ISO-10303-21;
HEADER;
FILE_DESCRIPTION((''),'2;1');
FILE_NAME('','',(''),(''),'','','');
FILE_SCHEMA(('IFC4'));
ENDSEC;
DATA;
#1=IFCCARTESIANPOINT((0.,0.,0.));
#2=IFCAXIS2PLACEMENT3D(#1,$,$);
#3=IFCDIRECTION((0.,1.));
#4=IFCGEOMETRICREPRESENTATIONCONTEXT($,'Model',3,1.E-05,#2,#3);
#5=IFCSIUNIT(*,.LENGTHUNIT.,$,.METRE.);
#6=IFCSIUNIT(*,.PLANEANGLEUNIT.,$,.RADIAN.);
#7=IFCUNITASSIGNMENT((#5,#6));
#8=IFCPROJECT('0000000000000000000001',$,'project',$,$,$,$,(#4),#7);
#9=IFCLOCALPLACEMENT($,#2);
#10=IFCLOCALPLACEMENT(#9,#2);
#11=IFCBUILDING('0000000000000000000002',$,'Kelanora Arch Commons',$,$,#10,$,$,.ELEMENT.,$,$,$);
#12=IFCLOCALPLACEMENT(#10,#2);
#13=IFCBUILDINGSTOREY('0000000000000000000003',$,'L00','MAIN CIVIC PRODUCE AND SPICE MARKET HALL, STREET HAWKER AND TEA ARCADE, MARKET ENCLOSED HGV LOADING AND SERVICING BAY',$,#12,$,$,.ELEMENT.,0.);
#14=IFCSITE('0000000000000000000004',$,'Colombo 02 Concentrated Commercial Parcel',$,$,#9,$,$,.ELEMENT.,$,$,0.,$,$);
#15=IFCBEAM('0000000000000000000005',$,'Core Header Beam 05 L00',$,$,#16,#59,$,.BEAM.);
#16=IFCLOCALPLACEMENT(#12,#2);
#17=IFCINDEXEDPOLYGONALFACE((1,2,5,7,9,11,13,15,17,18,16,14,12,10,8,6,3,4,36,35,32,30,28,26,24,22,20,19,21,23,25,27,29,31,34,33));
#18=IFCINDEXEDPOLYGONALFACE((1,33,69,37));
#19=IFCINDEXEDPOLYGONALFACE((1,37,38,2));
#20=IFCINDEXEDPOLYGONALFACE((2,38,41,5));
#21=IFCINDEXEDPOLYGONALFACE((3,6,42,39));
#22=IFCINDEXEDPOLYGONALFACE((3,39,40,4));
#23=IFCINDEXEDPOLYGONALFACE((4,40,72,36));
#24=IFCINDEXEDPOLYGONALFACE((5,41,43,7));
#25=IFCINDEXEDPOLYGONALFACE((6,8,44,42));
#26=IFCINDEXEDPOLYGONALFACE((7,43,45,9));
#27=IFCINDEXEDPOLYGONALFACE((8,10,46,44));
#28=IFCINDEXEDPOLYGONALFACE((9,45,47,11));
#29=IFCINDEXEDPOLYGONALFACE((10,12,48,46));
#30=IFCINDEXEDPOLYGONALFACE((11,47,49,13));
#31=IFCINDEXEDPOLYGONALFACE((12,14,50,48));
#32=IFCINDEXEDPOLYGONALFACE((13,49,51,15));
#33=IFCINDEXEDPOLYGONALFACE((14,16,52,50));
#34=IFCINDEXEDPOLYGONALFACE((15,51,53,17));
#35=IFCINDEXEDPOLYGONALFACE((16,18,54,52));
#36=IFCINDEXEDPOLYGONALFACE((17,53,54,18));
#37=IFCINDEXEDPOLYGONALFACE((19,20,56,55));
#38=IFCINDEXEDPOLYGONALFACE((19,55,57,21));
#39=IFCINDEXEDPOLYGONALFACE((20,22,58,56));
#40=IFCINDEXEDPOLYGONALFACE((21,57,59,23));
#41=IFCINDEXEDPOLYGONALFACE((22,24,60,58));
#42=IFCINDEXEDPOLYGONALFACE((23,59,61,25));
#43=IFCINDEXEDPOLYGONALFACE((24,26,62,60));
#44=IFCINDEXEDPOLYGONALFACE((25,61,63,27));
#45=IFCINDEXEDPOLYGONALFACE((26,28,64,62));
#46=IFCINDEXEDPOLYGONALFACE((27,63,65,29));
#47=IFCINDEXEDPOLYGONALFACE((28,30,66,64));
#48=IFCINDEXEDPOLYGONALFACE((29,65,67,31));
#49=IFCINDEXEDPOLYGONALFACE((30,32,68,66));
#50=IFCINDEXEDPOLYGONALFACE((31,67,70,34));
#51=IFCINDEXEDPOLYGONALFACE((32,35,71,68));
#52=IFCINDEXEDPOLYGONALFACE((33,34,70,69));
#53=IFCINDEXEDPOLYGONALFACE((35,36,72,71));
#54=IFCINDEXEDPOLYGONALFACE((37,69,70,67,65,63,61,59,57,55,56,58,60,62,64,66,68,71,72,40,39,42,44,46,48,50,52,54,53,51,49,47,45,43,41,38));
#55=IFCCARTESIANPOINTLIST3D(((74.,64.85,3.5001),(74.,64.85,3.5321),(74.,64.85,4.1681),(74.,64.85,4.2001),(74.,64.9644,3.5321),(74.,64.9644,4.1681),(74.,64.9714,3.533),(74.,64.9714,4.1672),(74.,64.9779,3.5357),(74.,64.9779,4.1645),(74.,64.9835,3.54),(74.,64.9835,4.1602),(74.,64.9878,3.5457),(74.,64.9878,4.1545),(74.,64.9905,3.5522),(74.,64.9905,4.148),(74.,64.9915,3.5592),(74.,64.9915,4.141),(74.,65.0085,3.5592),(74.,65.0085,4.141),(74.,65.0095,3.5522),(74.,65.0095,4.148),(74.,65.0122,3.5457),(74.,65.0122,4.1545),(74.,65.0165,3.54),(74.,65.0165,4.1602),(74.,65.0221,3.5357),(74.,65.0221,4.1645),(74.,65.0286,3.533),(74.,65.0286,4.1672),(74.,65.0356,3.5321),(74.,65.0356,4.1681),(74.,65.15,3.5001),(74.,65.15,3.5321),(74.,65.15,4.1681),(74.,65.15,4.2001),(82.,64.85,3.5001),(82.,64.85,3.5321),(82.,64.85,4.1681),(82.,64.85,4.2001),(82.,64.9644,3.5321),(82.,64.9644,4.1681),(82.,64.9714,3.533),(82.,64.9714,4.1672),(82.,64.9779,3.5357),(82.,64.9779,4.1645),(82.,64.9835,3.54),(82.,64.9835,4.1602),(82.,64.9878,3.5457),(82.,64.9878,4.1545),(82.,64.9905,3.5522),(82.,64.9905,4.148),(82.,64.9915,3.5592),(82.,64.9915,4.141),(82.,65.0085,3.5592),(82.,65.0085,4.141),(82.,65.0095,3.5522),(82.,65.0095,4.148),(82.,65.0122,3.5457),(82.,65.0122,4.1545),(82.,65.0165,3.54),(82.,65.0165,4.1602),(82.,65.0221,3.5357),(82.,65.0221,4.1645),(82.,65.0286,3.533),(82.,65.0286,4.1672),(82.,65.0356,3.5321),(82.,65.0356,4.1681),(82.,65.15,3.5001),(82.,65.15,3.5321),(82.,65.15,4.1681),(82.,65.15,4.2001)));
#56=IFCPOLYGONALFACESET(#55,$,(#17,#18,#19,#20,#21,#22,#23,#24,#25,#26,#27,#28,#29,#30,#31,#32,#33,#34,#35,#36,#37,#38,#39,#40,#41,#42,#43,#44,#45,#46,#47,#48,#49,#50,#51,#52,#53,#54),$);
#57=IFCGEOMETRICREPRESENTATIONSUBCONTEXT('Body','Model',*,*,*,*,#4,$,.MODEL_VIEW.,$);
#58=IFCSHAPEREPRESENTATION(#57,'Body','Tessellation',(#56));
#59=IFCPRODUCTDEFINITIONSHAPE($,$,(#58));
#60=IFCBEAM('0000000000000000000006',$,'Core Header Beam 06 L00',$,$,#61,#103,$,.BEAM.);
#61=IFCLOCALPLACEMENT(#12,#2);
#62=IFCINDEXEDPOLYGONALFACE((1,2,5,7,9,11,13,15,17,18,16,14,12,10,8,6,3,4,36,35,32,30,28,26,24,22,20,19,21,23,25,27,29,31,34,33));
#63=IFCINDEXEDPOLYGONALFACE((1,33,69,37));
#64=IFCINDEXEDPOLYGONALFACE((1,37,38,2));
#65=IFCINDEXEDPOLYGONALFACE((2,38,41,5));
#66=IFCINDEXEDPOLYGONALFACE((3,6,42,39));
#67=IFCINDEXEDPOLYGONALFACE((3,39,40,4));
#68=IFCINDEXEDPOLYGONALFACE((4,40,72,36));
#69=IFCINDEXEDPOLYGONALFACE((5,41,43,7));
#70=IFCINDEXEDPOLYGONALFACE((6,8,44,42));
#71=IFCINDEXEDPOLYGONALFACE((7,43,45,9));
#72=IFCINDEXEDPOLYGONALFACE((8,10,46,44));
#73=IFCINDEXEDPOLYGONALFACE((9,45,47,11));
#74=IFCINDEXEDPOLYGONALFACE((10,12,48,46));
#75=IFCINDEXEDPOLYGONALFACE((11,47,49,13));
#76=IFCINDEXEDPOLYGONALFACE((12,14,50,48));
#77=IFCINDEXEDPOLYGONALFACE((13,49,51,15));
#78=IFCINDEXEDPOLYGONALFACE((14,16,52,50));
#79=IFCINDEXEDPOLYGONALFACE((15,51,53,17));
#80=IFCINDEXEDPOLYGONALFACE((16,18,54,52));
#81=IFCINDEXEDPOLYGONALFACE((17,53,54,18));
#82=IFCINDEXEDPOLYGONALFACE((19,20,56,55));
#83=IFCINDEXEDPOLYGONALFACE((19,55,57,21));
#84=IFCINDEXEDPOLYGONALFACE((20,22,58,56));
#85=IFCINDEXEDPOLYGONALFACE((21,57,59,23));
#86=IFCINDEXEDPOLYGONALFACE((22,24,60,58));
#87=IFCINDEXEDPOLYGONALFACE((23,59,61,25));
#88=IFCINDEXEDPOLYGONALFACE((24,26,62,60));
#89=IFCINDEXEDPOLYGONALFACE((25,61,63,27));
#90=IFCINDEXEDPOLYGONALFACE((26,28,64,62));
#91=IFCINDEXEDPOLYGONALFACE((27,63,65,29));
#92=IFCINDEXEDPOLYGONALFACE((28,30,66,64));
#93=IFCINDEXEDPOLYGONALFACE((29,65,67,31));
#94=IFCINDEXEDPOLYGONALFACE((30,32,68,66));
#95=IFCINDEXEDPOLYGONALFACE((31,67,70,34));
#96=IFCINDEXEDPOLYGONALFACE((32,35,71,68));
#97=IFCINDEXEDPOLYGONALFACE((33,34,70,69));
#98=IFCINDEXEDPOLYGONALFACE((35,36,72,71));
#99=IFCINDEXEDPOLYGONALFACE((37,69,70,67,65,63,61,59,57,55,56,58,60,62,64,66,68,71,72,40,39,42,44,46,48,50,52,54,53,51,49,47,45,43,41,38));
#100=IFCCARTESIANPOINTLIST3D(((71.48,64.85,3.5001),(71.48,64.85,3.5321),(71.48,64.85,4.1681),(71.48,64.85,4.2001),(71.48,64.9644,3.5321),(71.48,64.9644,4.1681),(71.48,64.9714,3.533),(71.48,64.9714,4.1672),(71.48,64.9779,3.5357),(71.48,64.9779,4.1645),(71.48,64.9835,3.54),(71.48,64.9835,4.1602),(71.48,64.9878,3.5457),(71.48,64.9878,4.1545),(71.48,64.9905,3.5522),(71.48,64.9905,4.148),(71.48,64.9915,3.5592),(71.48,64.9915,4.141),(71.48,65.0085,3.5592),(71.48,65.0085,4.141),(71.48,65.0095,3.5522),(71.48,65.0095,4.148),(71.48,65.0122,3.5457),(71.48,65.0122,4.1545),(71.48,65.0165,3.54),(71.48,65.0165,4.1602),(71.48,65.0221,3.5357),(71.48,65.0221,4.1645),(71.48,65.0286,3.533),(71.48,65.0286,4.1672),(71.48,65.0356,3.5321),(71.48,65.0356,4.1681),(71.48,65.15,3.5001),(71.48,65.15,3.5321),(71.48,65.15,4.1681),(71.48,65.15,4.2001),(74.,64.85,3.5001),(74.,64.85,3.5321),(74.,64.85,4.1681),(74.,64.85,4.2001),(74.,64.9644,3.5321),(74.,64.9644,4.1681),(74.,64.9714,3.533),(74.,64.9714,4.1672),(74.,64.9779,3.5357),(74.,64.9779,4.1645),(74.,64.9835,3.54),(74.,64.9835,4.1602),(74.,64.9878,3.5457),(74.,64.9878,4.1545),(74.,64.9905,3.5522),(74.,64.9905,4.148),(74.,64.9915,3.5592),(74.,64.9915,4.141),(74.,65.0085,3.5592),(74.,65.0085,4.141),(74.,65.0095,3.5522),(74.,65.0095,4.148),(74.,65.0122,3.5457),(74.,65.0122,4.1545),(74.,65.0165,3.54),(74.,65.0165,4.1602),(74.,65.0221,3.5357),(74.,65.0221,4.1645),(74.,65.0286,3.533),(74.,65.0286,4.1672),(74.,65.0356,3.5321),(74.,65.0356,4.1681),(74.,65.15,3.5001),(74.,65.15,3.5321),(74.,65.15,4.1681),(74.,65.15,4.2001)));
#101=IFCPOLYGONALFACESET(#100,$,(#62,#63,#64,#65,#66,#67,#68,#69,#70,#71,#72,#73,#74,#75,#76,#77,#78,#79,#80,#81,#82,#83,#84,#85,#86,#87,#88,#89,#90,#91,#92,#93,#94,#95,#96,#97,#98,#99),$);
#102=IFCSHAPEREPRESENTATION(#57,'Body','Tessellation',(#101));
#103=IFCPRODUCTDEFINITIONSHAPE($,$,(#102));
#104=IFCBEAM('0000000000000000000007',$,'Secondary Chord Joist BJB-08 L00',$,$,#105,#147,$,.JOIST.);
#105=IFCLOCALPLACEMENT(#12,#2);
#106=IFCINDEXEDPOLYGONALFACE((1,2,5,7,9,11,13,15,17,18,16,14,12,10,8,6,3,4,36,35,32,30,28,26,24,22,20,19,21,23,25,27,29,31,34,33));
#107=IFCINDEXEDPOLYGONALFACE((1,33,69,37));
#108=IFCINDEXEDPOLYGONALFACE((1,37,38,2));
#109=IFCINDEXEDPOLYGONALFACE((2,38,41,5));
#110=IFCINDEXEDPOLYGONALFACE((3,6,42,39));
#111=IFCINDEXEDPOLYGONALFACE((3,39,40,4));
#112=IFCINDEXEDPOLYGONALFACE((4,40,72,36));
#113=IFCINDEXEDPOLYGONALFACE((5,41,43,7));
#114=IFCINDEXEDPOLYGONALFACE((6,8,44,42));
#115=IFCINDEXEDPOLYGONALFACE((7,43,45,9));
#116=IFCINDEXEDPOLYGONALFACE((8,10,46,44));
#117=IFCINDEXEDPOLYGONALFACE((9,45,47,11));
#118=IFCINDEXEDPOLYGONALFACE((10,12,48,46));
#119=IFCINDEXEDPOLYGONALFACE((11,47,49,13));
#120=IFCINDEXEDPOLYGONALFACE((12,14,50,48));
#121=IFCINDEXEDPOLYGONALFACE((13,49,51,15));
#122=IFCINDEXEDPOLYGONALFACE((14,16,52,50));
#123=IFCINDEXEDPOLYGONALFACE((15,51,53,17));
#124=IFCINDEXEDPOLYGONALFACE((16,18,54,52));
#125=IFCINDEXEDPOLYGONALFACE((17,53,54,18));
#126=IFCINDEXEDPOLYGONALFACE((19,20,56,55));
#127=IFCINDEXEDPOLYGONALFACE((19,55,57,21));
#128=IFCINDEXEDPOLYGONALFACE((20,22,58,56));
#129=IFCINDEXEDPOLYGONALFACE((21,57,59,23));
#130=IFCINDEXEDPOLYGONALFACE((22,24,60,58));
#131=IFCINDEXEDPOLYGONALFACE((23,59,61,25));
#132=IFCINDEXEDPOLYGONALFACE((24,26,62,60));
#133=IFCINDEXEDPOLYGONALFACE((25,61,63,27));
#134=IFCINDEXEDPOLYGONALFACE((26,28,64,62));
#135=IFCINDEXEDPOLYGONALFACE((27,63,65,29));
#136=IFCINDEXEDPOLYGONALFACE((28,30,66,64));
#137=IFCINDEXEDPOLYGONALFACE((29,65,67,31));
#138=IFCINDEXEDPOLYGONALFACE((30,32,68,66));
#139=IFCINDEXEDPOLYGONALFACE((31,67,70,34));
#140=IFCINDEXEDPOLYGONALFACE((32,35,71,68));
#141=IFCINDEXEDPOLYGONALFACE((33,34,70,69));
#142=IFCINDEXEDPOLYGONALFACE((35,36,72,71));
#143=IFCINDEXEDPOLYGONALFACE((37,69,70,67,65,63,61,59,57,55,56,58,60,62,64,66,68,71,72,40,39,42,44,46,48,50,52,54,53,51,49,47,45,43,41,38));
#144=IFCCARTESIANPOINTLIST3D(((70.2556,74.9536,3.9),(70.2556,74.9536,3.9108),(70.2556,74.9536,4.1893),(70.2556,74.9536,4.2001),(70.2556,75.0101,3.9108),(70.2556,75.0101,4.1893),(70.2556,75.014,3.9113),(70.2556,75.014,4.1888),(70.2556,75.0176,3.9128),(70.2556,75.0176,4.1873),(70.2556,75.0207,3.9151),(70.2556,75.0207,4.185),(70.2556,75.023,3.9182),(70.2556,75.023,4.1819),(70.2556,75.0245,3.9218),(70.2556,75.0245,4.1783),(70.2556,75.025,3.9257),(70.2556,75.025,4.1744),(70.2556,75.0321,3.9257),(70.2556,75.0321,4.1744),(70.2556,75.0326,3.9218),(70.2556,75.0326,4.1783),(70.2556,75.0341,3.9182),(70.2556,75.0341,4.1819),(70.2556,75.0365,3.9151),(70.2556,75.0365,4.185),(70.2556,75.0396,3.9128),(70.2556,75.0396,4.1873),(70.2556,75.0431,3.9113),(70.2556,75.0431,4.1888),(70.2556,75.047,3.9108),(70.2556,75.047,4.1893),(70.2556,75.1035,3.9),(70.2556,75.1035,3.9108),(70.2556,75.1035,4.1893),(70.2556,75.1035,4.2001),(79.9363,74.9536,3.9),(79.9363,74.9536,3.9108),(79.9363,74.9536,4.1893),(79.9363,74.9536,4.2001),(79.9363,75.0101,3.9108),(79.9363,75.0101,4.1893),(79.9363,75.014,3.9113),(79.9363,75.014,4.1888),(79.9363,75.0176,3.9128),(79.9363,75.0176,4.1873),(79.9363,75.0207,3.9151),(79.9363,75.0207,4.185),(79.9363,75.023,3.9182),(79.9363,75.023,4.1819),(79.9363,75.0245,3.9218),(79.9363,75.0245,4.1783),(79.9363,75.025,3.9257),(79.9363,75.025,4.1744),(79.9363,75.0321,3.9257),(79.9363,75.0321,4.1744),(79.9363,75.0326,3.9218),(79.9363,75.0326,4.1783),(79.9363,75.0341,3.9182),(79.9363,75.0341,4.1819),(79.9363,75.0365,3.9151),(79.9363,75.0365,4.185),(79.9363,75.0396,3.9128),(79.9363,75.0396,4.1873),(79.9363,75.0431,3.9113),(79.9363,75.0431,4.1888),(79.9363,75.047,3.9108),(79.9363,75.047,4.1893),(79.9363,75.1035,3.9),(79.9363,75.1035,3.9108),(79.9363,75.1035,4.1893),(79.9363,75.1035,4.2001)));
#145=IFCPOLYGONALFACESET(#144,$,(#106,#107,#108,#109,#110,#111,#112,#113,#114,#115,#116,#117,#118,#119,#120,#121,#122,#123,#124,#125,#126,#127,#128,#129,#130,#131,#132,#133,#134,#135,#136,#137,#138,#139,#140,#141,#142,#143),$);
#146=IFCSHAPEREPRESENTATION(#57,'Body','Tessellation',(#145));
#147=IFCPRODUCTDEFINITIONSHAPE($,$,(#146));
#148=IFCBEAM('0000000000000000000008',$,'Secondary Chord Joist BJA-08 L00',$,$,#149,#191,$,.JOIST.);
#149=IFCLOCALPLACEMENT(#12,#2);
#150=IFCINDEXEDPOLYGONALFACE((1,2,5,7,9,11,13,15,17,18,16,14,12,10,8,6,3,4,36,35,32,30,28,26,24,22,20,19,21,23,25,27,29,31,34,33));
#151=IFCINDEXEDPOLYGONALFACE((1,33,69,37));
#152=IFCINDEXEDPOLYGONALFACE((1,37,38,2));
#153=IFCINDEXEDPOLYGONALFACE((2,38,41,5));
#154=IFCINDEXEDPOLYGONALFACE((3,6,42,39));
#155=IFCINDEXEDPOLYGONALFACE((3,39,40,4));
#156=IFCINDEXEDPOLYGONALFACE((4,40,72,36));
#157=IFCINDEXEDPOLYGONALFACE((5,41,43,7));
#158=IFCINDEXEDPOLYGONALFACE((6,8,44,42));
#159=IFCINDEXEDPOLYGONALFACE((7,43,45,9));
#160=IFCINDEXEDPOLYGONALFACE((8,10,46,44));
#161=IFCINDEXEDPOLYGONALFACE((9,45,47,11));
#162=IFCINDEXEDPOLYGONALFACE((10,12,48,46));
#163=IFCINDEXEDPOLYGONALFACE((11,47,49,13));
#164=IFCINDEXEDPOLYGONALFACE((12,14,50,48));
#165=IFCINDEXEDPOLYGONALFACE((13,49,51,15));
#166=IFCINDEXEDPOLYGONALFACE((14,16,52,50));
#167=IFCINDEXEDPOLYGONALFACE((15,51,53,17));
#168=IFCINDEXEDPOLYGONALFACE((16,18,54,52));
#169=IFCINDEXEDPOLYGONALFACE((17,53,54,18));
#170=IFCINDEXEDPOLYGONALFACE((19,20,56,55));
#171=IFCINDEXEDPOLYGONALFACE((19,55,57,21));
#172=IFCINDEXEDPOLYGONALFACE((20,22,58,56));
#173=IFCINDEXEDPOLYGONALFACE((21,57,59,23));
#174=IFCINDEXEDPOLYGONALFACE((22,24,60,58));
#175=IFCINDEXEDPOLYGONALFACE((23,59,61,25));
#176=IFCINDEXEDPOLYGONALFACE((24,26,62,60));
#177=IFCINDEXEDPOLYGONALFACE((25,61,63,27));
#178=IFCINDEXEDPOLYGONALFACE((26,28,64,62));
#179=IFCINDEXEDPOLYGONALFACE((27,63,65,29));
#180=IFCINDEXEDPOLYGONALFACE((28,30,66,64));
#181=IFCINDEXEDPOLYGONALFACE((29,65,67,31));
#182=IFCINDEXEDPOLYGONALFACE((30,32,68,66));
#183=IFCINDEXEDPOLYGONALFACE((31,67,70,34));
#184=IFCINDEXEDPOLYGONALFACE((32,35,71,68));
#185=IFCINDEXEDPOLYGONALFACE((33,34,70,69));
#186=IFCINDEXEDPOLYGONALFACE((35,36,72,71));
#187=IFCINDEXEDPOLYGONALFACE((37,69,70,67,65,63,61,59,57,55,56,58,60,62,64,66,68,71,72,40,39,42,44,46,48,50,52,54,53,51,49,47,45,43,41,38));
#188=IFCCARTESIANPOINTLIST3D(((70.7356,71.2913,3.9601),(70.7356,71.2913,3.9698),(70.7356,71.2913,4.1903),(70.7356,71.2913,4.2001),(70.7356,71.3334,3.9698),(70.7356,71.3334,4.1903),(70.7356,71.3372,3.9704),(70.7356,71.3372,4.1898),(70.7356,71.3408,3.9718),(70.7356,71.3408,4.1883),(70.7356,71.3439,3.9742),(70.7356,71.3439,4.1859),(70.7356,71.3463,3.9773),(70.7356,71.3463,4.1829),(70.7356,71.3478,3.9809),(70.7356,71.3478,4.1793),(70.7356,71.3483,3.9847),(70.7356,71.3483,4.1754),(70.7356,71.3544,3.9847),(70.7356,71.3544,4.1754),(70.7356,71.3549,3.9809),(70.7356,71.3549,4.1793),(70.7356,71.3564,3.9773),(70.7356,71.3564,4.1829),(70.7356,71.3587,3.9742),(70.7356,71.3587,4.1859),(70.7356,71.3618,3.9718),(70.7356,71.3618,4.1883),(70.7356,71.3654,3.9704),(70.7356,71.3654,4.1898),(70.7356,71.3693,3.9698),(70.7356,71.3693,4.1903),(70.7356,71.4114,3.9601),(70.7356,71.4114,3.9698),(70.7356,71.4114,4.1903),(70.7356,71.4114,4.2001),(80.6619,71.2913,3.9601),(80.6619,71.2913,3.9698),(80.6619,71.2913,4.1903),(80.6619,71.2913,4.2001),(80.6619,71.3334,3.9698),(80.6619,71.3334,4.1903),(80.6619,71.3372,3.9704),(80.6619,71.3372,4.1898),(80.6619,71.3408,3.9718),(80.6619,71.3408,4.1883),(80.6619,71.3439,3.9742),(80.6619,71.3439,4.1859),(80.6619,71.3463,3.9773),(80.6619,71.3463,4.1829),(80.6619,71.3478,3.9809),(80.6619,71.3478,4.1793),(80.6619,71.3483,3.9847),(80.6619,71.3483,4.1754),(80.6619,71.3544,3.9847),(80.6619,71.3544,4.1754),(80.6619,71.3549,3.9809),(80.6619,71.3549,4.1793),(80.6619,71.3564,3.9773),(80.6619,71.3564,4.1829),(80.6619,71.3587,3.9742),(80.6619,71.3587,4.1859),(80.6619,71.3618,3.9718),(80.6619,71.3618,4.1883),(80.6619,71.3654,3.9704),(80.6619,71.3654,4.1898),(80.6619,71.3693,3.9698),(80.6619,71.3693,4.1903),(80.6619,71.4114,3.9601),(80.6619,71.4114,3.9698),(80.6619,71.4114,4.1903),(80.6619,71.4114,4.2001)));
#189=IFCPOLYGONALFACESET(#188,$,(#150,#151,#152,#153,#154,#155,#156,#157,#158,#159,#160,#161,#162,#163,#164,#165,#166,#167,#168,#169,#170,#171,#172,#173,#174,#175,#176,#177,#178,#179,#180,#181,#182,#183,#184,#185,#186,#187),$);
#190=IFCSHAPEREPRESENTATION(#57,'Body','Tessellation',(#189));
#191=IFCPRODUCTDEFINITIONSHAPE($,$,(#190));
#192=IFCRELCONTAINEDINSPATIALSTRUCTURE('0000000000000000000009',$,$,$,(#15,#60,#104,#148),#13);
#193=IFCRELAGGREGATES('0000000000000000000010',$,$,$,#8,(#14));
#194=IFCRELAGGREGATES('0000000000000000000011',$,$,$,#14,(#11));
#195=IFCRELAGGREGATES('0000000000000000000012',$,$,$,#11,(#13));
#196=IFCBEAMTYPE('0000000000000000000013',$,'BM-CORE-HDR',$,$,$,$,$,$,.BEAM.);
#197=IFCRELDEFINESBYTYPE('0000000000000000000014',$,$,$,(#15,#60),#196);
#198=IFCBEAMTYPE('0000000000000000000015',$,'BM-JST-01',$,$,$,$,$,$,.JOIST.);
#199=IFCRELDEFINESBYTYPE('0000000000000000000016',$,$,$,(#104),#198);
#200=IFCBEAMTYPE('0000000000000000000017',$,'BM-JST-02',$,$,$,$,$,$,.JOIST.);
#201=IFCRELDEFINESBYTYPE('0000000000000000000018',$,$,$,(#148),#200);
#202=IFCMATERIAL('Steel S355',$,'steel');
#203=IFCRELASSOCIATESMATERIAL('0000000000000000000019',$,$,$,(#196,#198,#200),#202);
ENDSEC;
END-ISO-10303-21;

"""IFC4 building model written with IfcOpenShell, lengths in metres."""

from ifc_helpers import new_model, si_unit, direction, frame, origin, origin_2d, place, context, subcontext, project, spatial, i_section, extrude, material, material_profile, profile_set, type_object, element, save


model = new_model("IFC4")

# Units and contexts
model_context = context("Model", 3, precision=1e-05, world=origin(), true_north=direction((0.0, 1.0)))
body_context = subcontext(model_context, "Body", "Model", "MODEL_VIEW")
ifc_project = project(units=[si_unit("LENGTHUNIT", "METRE"), si_unit("PLANEANGLEUNIT", "RADIAN")], contexts=[model_context])

# Site, building, storey
site_placement = place(None, origin())
site = spatial("IfcSite", under=ifc_project, at=site_placement, Name="Colombo 02 Concentrated Commercial Parcel", CompositionType="ELEMENT", RefElevation=0.0)
building_placement = place(site_placement, origin())
building = spatial("IfcBuilding", under=site, at=building_placement, Name="Kelanora Arch Commons", CompositionType="ELEMENT")
storey_placement = place(building_placement, origin())
storey = spatial("IfcBuildingStorey", under=building, at=storey_placement, Name="L00", Description="MAIN CIVIC PRODUCE AND SPICE MARKET HALL, STREET HAWKER AND TEA ARCADE, MARKET ENCLOSED HGV LOADING AND SERVICING BAY", CompositionType="ELEMENT", Elevation=0.0)

# Shared definitions
ifc_material_1 = material(Name="Steel S355", Category="steel")

# Beams
ifc_material_profile_1 = material_profile(ifc_material_1, i_section(OverallWidth=0.3, OverallDepth=0.7, WebThickness=0.0171, FlangeThickness=0.032, FilletRadius=0.0271, at=origin_2d()), Name="HEB700")
ifc_profile_set_1 = profile_set([ifc_material_profile_1], Name="Steel S355")
beam_type_1 = type_object("IfcBeamType", Name="BM-CORE-HDR", PredefinedType="BEAM", material=ifc_profile_set_1)
beam_1_placement = place(storey_placement, frame((82.0, 65.0, 3.8501), z_axis=(-1.0, 0.0, 0.0), x_axis=(0.0, -1.0, 0.0)))
element("IfcBeam", 1, at=beam_1_placement, inside=storey, type_object=beam_type_1, Name="Core Header Beam 05 L00", PredefinedType="BEAM", context=body_context, shape_type="SweptSolid", body=[
    extrude(i_section(OverallWidth=0.3, OverallDepth=0.7, WebThickness=0.0171, FlangeThickness=0.032, FilletRadius=0.0271, at=origin_2d()), origin(), (0.0, 0.0, 1.0), 8.0),
])
beam_2_placement = place(storey_placement, frame((74.0, 65.0, 3.8501), z_axis=(-1.0, 0.0, 0.0), x_axis=(0.0, -1.0, 0.0)))
element("IfcBeam", 2, at=beam_2_placement, inside=storey, type_object=beam_type_1, Name="Core Header Beam 06 L00", PredefinedType="BEAM", context=body_context, shape_type="SweptSolid", body=[
    extrude(i_section(OverallWidth=0.3, OverallDepth=0.7, WebThickness=0.0171, FlangeThickness=0.032, FilletRadius=0.0271, at=origin_2d()), origin(), (0.0, 0.0, 1.0), 2.52),
])
ifc_material_profile_2 = material_profile(ifc_material_1, i_section(OverallWidth=0.1499, OverallDepth=0.3, WebThickness=0.0071, FlangeThickness=0.0107, FilletRadius=0.0149, at=origin_2d()), Name="IPE300")
ifc_profile_set_2 = profile_set([ifc_material_profile_2], Name="Steel S355")
beam_type_2 = type_object("IfcBeamType", Name="BM-JST-01", PredefinedType="JOIST", material=ifc_profile_set_2)
beam_3_placement = place(storey_placement, frame((79.9363, 75.0286, 4.05), z_axis=(-1.0, 0.0, 0.0), x_axis=(0.0, -1.0, 0.0)))
element("IfcBeam", 3, at=beam_3_placement, inside=storey, type_object=beam_type_2, Name="Secondary Chord Joist BJB-08 L00", PredefinedType="JOIST", context=body_context, shape_type="SweptSolid", body=[
    extrude(i_section(OverallWidth=0.1499, OverallDepth=0.3, WebThickness=0.0071, FlangeThickness=0.0107, FilletRadius=0.0149, at=origin_2d()), origin(), (0.0, 0.0, 1.0), 9.6807),
])
ifc_material_profile_3 = material_profile(ifc_material_1, i_section(OverallWidth=0.1201, OverallDepth=0.24, WebThickness=0.0061, FlangeThickness=0.0098, FilletRadius=0.0149, at=origin_2d()), Name="IPE240")
ifc_profile_set_3 = profile_set([ifc_material_profile_3], Name="Steel S355")
beam_type_3 = type_object("IfcBeamType", Name="BM-JST-02", PredefinedType="JOIST", material=ifc_profile_set_3)
beam_4_placement = place(storey_placement, frame((80.6619, 71.3513, 4.0801), z_axis=(-1.0, 0.0, 0.0), x_axis=(0.0, -1.0, 0.0)))
element("IfcBeam", 4, at=beam_4_placement, inside=storey, type_object=beam_type_3, Name="Secondary Chord Joist BJA-08 L00", PredefinedType="JOIST", context=body_context, shape_type="SweptSolid", body=[
    extrude(i_section(OverallWidth=0.1201, OverallDepth=0.24, WebThickness=0.0061, FlangeThickness=0.0098, FilletRadius=0.0149, at=origin_2d()), origin(), (0.0, 0.0, 1.0), 9.9263),
])

save(model, "model.ifc")
